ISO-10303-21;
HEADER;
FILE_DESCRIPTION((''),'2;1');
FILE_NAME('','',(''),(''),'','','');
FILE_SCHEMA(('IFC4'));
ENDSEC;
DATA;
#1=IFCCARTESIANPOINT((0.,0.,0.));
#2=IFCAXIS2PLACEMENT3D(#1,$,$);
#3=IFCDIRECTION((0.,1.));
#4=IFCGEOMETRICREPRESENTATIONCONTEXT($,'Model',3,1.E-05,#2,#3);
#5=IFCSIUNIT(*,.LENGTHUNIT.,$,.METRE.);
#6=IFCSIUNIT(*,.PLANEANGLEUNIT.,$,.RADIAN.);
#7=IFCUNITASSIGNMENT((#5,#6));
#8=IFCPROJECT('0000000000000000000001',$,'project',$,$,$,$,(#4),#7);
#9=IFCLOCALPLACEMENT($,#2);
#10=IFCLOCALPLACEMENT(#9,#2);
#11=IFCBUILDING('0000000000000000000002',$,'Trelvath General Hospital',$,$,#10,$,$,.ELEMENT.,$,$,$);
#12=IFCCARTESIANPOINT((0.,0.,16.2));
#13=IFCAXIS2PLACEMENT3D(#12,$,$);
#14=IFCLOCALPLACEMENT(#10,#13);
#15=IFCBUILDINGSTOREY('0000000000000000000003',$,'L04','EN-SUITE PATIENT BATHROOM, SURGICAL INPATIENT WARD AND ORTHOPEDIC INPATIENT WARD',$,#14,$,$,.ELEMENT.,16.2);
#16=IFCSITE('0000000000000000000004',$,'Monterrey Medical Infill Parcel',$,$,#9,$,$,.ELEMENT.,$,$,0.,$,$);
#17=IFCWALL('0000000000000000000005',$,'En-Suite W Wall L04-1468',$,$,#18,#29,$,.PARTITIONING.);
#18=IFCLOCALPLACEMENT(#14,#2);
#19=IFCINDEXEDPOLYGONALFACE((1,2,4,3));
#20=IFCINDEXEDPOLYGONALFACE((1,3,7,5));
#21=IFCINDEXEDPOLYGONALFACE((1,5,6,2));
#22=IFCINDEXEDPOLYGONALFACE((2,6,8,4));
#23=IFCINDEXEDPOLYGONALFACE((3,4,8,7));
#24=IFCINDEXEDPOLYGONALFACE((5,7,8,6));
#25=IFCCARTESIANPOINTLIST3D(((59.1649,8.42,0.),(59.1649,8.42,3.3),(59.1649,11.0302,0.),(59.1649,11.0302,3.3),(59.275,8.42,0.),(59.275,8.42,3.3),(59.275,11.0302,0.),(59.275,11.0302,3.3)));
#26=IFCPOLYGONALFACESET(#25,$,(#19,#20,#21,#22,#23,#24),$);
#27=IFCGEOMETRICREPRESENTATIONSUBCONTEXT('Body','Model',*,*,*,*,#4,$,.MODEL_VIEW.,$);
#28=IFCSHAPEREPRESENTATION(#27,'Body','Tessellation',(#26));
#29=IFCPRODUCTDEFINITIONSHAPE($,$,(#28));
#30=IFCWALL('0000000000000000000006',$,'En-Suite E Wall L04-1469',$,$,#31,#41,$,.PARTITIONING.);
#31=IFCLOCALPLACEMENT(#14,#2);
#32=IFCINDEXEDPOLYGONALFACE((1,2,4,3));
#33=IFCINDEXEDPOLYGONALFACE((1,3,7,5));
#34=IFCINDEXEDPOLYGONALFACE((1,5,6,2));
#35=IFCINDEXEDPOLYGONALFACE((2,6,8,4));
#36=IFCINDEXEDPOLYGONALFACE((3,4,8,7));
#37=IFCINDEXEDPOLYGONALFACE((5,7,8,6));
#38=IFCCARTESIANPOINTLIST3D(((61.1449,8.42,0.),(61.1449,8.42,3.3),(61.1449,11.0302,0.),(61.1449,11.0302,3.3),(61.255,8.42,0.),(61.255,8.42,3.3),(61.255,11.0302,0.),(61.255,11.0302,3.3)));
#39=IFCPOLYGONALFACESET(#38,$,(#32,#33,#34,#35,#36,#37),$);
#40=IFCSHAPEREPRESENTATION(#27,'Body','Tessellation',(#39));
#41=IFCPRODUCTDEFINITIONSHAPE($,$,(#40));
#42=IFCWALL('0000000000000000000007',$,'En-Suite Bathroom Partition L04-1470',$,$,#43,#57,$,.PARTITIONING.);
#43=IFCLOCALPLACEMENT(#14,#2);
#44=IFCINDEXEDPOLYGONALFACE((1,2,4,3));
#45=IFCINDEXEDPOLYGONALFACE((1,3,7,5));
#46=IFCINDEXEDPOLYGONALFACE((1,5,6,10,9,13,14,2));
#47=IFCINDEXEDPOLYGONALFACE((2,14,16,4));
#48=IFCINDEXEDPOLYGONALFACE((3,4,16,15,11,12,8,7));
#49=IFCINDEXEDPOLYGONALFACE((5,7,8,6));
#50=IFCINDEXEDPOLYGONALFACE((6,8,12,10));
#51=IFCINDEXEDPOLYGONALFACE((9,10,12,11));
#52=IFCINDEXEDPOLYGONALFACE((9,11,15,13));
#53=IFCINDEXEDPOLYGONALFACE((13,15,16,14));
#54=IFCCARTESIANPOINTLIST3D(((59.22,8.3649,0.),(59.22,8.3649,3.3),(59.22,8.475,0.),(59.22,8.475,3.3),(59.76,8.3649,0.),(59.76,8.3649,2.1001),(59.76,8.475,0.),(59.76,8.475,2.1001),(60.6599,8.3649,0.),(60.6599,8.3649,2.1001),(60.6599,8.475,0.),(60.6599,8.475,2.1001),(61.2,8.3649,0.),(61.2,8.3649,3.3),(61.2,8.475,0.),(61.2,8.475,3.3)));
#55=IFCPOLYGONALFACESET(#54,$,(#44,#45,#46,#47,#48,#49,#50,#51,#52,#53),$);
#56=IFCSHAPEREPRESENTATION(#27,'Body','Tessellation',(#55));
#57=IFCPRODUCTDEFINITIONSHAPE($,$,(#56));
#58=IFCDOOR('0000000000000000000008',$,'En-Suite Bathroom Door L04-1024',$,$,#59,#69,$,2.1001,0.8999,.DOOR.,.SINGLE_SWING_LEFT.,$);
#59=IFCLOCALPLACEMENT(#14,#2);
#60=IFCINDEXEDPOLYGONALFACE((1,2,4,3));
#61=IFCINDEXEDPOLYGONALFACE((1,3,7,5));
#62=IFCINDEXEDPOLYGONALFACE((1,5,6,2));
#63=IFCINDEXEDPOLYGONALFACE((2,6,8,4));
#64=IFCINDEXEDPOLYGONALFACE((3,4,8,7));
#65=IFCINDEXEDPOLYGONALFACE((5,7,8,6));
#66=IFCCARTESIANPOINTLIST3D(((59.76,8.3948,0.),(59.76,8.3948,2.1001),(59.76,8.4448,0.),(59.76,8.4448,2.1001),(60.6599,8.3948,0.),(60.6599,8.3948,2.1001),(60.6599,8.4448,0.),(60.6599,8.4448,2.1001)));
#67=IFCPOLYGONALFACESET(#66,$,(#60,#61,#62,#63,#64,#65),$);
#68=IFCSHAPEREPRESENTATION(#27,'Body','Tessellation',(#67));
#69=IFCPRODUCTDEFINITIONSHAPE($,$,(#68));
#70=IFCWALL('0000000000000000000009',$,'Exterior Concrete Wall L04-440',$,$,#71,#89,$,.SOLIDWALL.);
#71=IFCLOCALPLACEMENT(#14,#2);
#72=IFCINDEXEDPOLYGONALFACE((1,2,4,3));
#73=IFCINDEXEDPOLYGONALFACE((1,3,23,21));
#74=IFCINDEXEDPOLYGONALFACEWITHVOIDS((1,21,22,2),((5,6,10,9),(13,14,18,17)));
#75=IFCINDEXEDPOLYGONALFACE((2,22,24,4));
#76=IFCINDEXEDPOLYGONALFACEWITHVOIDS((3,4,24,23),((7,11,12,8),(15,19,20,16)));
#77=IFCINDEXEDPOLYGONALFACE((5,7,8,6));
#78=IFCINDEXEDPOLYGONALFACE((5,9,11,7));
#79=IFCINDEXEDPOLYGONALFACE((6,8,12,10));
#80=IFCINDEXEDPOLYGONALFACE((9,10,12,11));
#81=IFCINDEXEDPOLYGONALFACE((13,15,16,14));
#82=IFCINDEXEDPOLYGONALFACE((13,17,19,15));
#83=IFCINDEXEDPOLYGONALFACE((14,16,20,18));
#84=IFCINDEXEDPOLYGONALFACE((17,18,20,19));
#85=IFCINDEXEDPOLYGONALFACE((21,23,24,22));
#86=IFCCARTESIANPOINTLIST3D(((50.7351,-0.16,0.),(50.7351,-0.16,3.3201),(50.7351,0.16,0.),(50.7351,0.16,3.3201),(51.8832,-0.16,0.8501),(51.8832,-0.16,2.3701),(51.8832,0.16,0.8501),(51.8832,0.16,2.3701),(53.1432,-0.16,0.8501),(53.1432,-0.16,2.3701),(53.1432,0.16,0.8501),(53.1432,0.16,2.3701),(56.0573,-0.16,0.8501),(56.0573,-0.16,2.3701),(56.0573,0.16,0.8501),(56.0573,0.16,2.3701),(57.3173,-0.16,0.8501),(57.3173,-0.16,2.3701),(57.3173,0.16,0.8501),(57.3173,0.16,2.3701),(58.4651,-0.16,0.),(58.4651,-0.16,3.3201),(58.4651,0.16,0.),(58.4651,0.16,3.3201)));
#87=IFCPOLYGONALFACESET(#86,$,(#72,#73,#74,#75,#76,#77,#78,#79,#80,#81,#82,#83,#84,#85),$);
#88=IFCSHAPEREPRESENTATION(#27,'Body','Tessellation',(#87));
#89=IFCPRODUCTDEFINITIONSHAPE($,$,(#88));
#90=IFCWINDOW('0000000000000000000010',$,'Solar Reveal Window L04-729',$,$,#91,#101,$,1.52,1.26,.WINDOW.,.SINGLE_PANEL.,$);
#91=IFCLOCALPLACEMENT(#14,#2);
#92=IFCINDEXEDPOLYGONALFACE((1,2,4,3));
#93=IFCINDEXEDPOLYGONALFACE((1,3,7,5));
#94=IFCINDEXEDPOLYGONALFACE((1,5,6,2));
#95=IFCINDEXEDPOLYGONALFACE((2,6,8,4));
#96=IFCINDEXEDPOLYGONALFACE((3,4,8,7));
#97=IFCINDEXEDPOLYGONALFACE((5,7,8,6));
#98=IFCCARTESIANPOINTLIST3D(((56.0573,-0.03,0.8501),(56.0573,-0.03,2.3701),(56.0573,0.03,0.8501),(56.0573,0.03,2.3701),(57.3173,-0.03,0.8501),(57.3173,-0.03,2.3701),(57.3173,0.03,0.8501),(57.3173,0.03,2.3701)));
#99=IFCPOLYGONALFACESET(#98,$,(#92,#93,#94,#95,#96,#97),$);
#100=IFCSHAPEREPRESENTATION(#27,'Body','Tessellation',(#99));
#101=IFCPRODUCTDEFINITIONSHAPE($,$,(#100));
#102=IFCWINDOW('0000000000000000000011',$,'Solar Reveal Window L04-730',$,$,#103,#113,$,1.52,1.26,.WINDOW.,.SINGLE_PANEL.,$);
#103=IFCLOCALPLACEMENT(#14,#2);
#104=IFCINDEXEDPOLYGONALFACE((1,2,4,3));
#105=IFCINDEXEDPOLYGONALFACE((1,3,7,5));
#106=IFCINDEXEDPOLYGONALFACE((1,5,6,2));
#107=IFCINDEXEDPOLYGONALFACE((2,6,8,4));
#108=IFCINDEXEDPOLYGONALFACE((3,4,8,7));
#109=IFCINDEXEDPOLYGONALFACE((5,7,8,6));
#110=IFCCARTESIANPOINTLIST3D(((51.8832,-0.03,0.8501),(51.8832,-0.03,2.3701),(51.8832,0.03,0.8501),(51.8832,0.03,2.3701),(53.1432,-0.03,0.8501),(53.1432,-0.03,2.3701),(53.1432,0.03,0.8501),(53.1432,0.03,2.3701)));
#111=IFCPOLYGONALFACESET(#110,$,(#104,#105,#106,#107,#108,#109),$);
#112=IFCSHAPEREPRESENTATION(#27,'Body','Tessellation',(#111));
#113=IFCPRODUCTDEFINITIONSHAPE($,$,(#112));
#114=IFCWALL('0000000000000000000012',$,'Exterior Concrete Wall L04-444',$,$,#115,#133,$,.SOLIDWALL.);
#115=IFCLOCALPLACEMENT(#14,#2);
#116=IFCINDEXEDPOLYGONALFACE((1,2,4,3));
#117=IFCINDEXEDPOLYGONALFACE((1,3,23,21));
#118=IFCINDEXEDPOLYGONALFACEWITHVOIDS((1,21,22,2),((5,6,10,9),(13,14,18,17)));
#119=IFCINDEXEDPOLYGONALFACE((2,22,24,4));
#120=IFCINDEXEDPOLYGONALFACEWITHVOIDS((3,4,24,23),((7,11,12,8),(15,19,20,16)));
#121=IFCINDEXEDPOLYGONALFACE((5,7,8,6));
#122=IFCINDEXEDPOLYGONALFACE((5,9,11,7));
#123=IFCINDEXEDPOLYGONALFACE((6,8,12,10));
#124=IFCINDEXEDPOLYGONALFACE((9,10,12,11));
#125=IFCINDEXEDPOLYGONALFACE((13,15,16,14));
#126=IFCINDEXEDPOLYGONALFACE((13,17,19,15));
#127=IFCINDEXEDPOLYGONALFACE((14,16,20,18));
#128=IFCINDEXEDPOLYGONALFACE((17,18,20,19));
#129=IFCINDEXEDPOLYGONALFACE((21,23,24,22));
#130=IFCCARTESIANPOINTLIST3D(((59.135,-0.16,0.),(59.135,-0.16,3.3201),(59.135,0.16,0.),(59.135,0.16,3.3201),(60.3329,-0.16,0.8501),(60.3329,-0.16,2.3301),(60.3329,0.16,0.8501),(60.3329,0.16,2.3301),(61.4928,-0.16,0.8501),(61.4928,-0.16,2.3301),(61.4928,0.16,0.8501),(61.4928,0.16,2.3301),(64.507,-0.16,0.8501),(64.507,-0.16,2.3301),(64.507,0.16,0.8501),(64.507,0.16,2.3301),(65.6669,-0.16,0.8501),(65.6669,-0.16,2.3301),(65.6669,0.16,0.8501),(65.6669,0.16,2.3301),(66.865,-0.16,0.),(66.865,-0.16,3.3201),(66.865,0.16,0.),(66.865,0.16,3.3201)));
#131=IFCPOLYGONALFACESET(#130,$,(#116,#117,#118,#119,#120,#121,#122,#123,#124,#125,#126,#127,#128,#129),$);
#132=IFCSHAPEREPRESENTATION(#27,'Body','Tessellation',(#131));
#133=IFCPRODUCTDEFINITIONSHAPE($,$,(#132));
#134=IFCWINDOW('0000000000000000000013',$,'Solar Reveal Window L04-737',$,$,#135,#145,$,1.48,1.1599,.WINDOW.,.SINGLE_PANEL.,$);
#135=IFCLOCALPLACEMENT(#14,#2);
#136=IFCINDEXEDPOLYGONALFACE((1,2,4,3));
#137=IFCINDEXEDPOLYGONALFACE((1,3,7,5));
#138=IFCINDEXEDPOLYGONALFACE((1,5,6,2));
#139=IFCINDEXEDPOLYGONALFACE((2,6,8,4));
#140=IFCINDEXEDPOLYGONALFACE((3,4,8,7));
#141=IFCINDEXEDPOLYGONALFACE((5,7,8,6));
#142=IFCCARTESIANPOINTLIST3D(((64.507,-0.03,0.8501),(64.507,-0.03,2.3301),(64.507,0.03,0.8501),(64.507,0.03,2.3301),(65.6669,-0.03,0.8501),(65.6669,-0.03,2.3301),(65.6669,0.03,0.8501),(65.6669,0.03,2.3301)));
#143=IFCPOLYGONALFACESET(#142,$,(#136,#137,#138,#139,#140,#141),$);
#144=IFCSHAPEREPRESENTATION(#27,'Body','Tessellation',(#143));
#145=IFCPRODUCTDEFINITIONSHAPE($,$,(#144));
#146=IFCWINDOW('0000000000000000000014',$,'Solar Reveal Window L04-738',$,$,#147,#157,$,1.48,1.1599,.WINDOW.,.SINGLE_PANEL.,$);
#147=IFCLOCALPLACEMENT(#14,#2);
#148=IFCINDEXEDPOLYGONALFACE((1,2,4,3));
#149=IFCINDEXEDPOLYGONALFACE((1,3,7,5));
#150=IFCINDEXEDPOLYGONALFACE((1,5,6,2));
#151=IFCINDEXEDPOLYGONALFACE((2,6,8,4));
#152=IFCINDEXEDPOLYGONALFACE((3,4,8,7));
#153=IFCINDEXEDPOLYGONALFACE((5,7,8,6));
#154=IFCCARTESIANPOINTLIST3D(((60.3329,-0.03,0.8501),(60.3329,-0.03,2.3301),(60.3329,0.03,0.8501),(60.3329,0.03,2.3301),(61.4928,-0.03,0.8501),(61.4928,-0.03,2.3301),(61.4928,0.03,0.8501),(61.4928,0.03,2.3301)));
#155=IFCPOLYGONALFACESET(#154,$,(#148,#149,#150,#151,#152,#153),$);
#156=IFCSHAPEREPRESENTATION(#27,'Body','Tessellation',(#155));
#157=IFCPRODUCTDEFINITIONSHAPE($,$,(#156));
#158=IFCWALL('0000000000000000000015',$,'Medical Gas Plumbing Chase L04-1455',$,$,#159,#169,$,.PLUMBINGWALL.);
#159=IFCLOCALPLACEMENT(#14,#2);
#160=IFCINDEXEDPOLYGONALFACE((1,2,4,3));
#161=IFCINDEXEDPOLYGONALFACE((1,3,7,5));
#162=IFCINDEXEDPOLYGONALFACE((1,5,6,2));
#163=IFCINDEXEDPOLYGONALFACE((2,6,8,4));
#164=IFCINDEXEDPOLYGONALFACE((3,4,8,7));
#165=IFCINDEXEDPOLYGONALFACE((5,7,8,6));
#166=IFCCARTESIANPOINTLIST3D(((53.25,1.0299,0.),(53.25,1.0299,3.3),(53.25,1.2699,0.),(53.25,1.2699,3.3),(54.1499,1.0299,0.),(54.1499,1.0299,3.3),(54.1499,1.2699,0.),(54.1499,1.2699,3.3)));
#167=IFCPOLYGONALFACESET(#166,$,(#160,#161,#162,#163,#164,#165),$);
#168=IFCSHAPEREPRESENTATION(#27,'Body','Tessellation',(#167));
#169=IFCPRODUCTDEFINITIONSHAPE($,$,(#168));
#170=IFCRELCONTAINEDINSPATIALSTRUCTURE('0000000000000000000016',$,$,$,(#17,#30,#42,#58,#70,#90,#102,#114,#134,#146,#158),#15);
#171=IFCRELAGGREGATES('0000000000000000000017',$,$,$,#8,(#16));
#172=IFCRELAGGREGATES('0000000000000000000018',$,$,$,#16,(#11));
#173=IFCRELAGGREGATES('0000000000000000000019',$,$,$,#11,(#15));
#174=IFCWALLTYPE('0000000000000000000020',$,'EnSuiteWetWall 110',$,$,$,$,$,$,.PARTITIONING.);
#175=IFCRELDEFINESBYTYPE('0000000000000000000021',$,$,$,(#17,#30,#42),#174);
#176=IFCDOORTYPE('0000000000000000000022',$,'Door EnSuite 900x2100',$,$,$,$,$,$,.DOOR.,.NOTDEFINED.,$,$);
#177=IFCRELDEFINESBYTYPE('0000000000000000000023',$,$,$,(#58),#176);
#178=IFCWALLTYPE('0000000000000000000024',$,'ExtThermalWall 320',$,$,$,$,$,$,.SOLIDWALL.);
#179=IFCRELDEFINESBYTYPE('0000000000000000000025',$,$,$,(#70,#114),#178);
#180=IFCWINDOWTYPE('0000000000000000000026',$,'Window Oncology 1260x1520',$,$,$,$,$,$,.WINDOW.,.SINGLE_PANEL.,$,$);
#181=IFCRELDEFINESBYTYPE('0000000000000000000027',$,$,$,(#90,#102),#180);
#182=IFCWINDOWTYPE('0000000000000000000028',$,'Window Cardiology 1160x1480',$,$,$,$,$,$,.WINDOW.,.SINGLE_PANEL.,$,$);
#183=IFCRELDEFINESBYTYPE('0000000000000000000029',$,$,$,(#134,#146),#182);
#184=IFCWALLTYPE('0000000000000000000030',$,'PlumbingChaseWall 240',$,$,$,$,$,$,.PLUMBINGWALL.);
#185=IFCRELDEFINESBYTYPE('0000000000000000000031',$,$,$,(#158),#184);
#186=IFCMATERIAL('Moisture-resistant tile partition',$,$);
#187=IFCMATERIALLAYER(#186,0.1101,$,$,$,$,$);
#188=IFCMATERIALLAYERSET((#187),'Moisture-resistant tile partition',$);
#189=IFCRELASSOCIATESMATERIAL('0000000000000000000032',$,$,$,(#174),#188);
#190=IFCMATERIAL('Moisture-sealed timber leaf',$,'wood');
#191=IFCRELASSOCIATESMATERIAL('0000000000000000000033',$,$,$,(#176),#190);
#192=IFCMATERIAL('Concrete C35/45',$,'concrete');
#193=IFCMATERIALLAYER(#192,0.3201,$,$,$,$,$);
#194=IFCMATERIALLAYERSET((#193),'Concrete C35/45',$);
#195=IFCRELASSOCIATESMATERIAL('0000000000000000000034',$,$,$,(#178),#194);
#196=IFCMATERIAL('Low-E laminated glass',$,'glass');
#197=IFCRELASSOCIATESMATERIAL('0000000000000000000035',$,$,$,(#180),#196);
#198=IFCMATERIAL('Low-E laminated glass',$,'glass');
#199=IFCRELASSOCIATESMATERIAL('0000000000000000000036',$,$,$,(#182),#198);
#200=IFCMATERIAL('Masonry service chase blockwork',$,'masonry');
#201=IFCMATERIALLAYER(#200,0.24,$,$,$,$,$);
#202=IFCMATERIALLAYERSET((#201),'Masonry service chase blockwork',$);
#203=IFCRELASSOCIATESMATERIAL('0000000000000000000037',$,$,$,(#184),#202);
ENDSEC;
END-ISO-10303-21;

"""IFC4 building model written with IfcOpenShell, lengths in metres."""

from ifc_helpers import new_model, si_unit, direction, frame, frame_2d, origin, place, context, subcontext, project, spatial, rectangle, extrude, material, layer, layer_set, type_object, element, fill, save


model = new_model("IFC4")

# Units and contexts
model_context = context("Model", 3, precision=1e-05, world=origin(), true_north=direction((0.0, 1.0)))
body_context = subcontext(model_context, "Body", "Model", "MODEL_VIEW")
ifc_project = project(units=[si_unit("LENGTHUNIT", "METRE"), si_unit("PLANEANGLEUNIT", "RADIAN")], contexts=[model_context])

# Site, building, storey
site_placement = place(None, origin())
site = spatial("IfcSite", under=ifc_project, at=site_placement, Name="Monterrey Medical Infill Parcel", CompositionType="ELEMENT", RefElevation=0.0)
building_placement = place(site_placement, origin())
building = spatial("IfcBuilding", under=site, at=building_placement, Name="Trelvath General Hospital", CompositionType="ELEMENT")
storey_placement = place(building_placement, frame((0.0, 0.0, 16.2)))
storey = spatial("IfcBuildingStorey", under=building, at=storey_placement, Name="L04", Description="EN-SUITE PATIENT BATHROOM, SURGICAL INPATIENT WARD AND ORTHOPEDIC INPATIENT WARD", CompositionType="ELEMENT", Elevation=16.2)

# Shared definitions
ifc_material_1 = material(Name="Moisture-resistant tile partition")
ifc_layer_1 = layer(ifc_material_1, 0.1101)
ifc_layer_set_1 = layer_set([ifc_layer_1], Name="Moisture-resistant tile partition")
wall_type_1 = type_object("IfcWallType", Name="EnSuiteWetWall 110", PredefinedType="PARTITIONING", material=ifc_layer_set_1)

# Shared definitions
ifc_material_2 = material(Name="Moisture-sealed timber leaf", Category="wood")
door_type = type_object("IfcDoorType", Name="Door EnSuite 900x2100", OperationType="NOTDEFINED", PredefinedType="DOOR", material=ifc_material_2)

# Walls
for number, where, z_axis, x_axis, name in (
    (1, (59.22, 8.4199, 0.0), (0.0, 0.0, 1.0), (0.0, 1.0, 0.0), "En-Suite W Wall L04-1468"),
    (2, (61.2, 8.4199, 0.0), (0.0, 0.0, 1.0), (0.0, 1.0, 0.0), "En-Suite E Wall L04-1469"),
):
    element("IfcWall", number, at=place(storey_placement, frame(where, z_axis=z_axis, x_axis=x_axis)), inside=storey, type_object=wall_type_1, Name=name, PredefinedType="PARTITIONING", context=body_context, shape_type="SweptSolid", body=[
        extrude(rectangle(XDim=2.6101, YDim=0.1101, at=frame_2d((1.3052, 0.0))), origin(), (0.0, 0.0, 1.0), 3.3),
    ])

# Wall, opening, door
wall_1_placement = place(storey_placement, frame((59.22, 8.4199, 0.0), z_axis=(0.0, 0.0, 1.0), x_axis=(1.0, 0.0, 0.0)))
wall_1 = element("IfcWall", 3, at=wall_1_placement, inside=storey, type_object=wall_type_1, Name="En-Suite Bathroom Partition L04-1470", PredefinedType="PARTITIONING", context=body_context, shape_type="SweptSolid", body=[
    extrude(rectangle(XDim=1.98, YDim=0.1101, at=frame_2d((0.99, 0.0))), origin(), (0.0, 0.0, 1.0), 3.3),
])
opening_1_placement = place(wall_1_placement, frame((0.54, 0.0, 0.0)))
opening_1 = element("IfcOpeningElement", 4, at=opening_1_placement, cuts=wall_1, PredefinedType="OPENING", context=body_context, shape_type="SweptSolid", body=[
    extrude(rectangle(XDim=0.8999, YDim=2.1001, at=frame_2d((0.45, 1.05))), frame((0.0, 0.0649, 0.0), z_axis=(0.0, -1.0, 0.0), x_axis=(1.0, 0.0, 0.0)), (0.0, 0.0, 1.0), 0.1301),
])
door_1_placement = place(opening_1_placement, origin())
door_1 = element("IfcDoor", 5, at=door_1_placement, inside=storey, type_object=door_type, Name="En-Suite Bathroom Door L04-1024", OperationType="SINGLE_SWING_LEFT", OverallHeight=2.1001, OverallWidth=0.8999, PredefinedType="DOOR", context=body_context, shape_type="SweptSolid", body=[
    extrude(rectangle(XDim=0.8999, YDim=2.1001, at=frame_2d((0.45, 1.05))), frame((0.0, 0.0249, 0.0), z_axis=(0.0, -1.0, 0.0), x_axis=(1.0, 0.0, 0.0)), (0.0, 0.0, 1.0), 0.05),
])
fill(opening_1, door_1)

# Walls, openings, windows
ifc_material_3 = material(Name="Concrete C35/45", Category="concrete")
ifc_layer_2 = layer(ifc_material_3, 0.3201)
ifc_layer_set_2 = layer_set([ifc_layer_2], Name="Concrete C35/45")
wall_type_2 = type_object("IfcWallType", Name="ExtThermalWall 320", PredefinedType="SOLIDWALL", material=ifc_layer_set_2)
wall_2_placement = place(storey_placement, frame((58.4651, 0.0, 0.0), z_axis=(0.0, 0.0, 1.0), x_axis=(-1.0, 0.0, 0.0)))
wall_2 = element("IfcWall", 6, at=wall_2_placement, inside=storey, type_object=wall_type_2, Name="Exterior Concrete Wall L04-440", PredefinedType="SOLIDWALL", context=body_context, shape_type="SweptSolid", body=[
    extrude(rectangle(XDim=7.73, YDim=0.3201, at=frame_2d((3.865, 0.0))), origin(), (0.0, 0.0, 1.0), 3.3201),
])
opening_2_placement = place(wall_2_placement, frame((1.1479, 0.0, 0.8501)))
opening_2 = element("IfcOpeningElement", 7, at=opening_2_placement, cuts=wall_2, PredefinedType="OPENING", context=body_context, shape_type="SweptSolid", body=[
    extrude(rectangle(XDim=1.26, YDim=1.52, at=frame_2d((0.6299, 0.76))), frame((0.0, 0.1699, 0.0), z_axis=(0.0, -1.0, 0.0), x_axis=(1.0, 0.0, 0.0)), (0.0, 0.0, 1.0), 0.3401),
])
opening_3_placement = place(wall_2_placement, frame((5.322, 0.0, 0.8501)))
opening_3 = element("IfcOpeningElement", 8, at=opening_3_placement, cuts=wall_2, PredefinedType="OPENING", context=body_context, shape_type="SweptSolid", body=[
    extrude(rectangle(XDim=1.26, YDim=1.52, at=frame_2d((0.6299, 0.76))), frame((0.0, 0.1699, 0.0), z_axis=(0.0, -1.0, 0.0), x_axis=(1.0, 0.0, 0.0)), (0.0, 0.0, 1.0), 0.3401),
])
ifc_material_4 = material(Name="Low-E laminated glass", Category="glass")
window_type_1 = type_object("IfcWindowType", Name="Window Oncology 1260x1520", PartitioningType="SINGLE_PANEL", PredefinedType="WINDOW", material=ifc_material_4)
window_1_placement = place(opening_2_placement, origin())
window_1 = element("IfcWindow", 9, at=window_1_placement, inside=storey, type_object=window_type_1, Name="Solar Reveal Window L04-729", OverallHeight=1.52, OverallWidth=1.26, PartitioningType="SINGLE_PANEL", PredefinedType="WINDOW", context=body_context, shape_type="SweptSolid", body=[
    extrude(rectangle(XDim=1.26, YDim=1.52, at=frame_2d((0.6299, 0.76))), frame((0.0, 0.03, 0.0), z_axis=(0.0, -1.0, 0.0), x_axis=(1.0, 0.0, 0.0)), (0.0, 0.0, 1.0), 0.0601),
])
fill(opening_2, window_1)
window_2_placement = place(opening_3_placement, origin())
window_2 = element("IfcWindow", 10, at=window_2_placement, inside=storey, type_object=window_type_1, Name="Solar Reveal Window L04-730", OverallHeight=1.52, OverallWidth=1.26, PartitioningType="SINGLE_PANEL", PredefinedType="WINDOW", context=body_context, shape_type="SweptSolid", body=[
    extrude(rectangle(XDim=1.26, YDim=1.52, at=frame_2d((0.6299, 0.76))), frame((0.0, 0.03, 0.0), z_axis=(0.0, -1.0, 0.0), x_axis=(1.0, 0.0, 0.0)), (0.0, 0.0, 1.0), 0.0601),
])
fill(opening_3, window_2)
wall_3_placement = place(storey_placement, frame((66.865, 0.0, 0.0), z_axis=(0.0, 0.0, 1.0), x_axis=(-1.0, 0.0, 0.0)))
wall_3 = element("IfcWall", 11, at=wall_3_placement, inside=storey, type_object=wall_type_2, Name="Exterior Concrete Wall L04-444", PredefinedType="SOLIDWALL", context=body_context, shape_type="SweptSolid", body=[
    extrude(rectangle(XDim=7.73, YDim=0.3201, at=frame_2d((3.865, 0.0))), origin(), (0.0, 0.0, 1.0), 3.3201),
])
opening_4_placement = place(wall_3_placement, frame((1.198, 0.0, 0.8501)))
opening_4 = element("IfcOpeningElement", 12, at=opening_4_placement, cuts=wall_3, PredefinedType="OPENING", context=body_context, shape_type="SweptSolid", body=[
    extrude(rectangle(XDim=1.1599, YDim=1.48, at=frame_2d((0.5801, 0.74))), frame((0.0, 0.1699, 0.0), z_axis=(0.0, -1.0, 0.0), x_axis=(1.0, 0.0, 0.0)), (0.0, 0.0, 1.0), 0.3401),
])
opening_5_placement = place(wall_3_placement, frame((5.3721, 0.0, 0.8501)))
opening_5 = element("IfcOpeningElement", 13, at=opening_5_placement, cuts=wall_3, PredefinedType="OPENING", context=body_context, shape_type="SweptSolid", body=[
    extrude(rectangle(XDim=1.1599, YDim=1.48, at=frame_2d((0.5801, 0.74))), frame((0.0, 0.1699, 0.0), z_axis=(0.0, -1.0, 0.0), x_axis=(1.0, 0.0, 0.0)), (0.0, 0.0, 1.0), 0.3401),
])
ifc_material_5 = material(Name="Low-E laminated glass", Category="glass")
window_type_2 = type_object("IfcWindowType", Name="Window Cardiology 1160x1480", PartitioningType="SINGLE_PANEL", PredefinedType="WINDOW", material=ifc_material_5)
window_3_placement = place(opening_4_placement, origin())
window_3 = element("IfcWindow", 14, at=window_3_placement, inside=storey, type_object=window_type_2, Name="Solar Reveal Window L04-737", OverallHeight=1.48, OverallWidth=1.1599, PartitioningType="SINGLE_PANEL", PredefinedType="WINDOW", context=body_context, shape_type="SweptSolid", body=[
    extrude(rectangle(XDim=1.1599, YDim=1.48, at=frame_2d((0.5801, 0.74))), frame((0.0, 0.03, 0.0), z_axis=(0.0, -1.0, 0.0), x_axis=(1.0, 0.0, 0.0)), (0.0, 0.0, 1.0), 0.0601),
])
fill(opening_4, window_3)
window_4_placement = place(opening_5_placement, origin())
window_4 = element("IfcWindow", 15, at=window_4_placement, inside=storey, type_object=window_type_2, Name="Solar Reveal Window L04-738", OverallHeight=1.48, OverallWidth=1.1599, PartitioningType="SINGLE_PANEL", PredefinedType="WINDOW", context=body_context, shape_type="SweptSolid", body=[
    extrude(rectangle(XDim=1.1599, YDim=1.48, at=frame_2d((0.5801, 0.74))), frame((0.0, 0.03, 0.0), z_axis=(0.0, -1.0, 0.0), x_axis=(1.0, 0.0, 0.0)), (0.0, 0.0, 1.0), 0.0601),
])
fill(opening_5, window_4)

# Wall
ifc_material_6 = material(Name="Masonry service chase blockwork", Category="masonry")
ifc_layer_3 = layer(ifc_material_6, 0.24)
ifc_layer_set_3 = layer_set([ifc_layer_3], Name="Masonry service chase blockwork")
wall_type_3 = type_object("IfcWallType", Name="PlumbingChaseWall 240", PredefinedType="PLUMBINGWALL", material=ifc_layer_set_3)
wall_4_placement = place(storey_placement, frame((53.25, 1.1499, 0.0), z_axis=(0.0, 0.0, 1.0), x_axis=(1.0, 0.0, 0.0)))
element("IfcWall", 16, at=wall_4_placement, inside=storey, type_object=wall_type_3, Name="Medical Gas Plumbing Chase L04-1455", PredefinedType="PLUMBINGWALL", context=body_context, shape_type="SweptSolid", body=[
    extrude(rectangle(XDim=0.8999, YDim=0.24, at=frame_2d((0.45, 0.0))), origin(), (0.0, 0.0, 1.0), 3.3),
])

save(model, "model.ifc")
